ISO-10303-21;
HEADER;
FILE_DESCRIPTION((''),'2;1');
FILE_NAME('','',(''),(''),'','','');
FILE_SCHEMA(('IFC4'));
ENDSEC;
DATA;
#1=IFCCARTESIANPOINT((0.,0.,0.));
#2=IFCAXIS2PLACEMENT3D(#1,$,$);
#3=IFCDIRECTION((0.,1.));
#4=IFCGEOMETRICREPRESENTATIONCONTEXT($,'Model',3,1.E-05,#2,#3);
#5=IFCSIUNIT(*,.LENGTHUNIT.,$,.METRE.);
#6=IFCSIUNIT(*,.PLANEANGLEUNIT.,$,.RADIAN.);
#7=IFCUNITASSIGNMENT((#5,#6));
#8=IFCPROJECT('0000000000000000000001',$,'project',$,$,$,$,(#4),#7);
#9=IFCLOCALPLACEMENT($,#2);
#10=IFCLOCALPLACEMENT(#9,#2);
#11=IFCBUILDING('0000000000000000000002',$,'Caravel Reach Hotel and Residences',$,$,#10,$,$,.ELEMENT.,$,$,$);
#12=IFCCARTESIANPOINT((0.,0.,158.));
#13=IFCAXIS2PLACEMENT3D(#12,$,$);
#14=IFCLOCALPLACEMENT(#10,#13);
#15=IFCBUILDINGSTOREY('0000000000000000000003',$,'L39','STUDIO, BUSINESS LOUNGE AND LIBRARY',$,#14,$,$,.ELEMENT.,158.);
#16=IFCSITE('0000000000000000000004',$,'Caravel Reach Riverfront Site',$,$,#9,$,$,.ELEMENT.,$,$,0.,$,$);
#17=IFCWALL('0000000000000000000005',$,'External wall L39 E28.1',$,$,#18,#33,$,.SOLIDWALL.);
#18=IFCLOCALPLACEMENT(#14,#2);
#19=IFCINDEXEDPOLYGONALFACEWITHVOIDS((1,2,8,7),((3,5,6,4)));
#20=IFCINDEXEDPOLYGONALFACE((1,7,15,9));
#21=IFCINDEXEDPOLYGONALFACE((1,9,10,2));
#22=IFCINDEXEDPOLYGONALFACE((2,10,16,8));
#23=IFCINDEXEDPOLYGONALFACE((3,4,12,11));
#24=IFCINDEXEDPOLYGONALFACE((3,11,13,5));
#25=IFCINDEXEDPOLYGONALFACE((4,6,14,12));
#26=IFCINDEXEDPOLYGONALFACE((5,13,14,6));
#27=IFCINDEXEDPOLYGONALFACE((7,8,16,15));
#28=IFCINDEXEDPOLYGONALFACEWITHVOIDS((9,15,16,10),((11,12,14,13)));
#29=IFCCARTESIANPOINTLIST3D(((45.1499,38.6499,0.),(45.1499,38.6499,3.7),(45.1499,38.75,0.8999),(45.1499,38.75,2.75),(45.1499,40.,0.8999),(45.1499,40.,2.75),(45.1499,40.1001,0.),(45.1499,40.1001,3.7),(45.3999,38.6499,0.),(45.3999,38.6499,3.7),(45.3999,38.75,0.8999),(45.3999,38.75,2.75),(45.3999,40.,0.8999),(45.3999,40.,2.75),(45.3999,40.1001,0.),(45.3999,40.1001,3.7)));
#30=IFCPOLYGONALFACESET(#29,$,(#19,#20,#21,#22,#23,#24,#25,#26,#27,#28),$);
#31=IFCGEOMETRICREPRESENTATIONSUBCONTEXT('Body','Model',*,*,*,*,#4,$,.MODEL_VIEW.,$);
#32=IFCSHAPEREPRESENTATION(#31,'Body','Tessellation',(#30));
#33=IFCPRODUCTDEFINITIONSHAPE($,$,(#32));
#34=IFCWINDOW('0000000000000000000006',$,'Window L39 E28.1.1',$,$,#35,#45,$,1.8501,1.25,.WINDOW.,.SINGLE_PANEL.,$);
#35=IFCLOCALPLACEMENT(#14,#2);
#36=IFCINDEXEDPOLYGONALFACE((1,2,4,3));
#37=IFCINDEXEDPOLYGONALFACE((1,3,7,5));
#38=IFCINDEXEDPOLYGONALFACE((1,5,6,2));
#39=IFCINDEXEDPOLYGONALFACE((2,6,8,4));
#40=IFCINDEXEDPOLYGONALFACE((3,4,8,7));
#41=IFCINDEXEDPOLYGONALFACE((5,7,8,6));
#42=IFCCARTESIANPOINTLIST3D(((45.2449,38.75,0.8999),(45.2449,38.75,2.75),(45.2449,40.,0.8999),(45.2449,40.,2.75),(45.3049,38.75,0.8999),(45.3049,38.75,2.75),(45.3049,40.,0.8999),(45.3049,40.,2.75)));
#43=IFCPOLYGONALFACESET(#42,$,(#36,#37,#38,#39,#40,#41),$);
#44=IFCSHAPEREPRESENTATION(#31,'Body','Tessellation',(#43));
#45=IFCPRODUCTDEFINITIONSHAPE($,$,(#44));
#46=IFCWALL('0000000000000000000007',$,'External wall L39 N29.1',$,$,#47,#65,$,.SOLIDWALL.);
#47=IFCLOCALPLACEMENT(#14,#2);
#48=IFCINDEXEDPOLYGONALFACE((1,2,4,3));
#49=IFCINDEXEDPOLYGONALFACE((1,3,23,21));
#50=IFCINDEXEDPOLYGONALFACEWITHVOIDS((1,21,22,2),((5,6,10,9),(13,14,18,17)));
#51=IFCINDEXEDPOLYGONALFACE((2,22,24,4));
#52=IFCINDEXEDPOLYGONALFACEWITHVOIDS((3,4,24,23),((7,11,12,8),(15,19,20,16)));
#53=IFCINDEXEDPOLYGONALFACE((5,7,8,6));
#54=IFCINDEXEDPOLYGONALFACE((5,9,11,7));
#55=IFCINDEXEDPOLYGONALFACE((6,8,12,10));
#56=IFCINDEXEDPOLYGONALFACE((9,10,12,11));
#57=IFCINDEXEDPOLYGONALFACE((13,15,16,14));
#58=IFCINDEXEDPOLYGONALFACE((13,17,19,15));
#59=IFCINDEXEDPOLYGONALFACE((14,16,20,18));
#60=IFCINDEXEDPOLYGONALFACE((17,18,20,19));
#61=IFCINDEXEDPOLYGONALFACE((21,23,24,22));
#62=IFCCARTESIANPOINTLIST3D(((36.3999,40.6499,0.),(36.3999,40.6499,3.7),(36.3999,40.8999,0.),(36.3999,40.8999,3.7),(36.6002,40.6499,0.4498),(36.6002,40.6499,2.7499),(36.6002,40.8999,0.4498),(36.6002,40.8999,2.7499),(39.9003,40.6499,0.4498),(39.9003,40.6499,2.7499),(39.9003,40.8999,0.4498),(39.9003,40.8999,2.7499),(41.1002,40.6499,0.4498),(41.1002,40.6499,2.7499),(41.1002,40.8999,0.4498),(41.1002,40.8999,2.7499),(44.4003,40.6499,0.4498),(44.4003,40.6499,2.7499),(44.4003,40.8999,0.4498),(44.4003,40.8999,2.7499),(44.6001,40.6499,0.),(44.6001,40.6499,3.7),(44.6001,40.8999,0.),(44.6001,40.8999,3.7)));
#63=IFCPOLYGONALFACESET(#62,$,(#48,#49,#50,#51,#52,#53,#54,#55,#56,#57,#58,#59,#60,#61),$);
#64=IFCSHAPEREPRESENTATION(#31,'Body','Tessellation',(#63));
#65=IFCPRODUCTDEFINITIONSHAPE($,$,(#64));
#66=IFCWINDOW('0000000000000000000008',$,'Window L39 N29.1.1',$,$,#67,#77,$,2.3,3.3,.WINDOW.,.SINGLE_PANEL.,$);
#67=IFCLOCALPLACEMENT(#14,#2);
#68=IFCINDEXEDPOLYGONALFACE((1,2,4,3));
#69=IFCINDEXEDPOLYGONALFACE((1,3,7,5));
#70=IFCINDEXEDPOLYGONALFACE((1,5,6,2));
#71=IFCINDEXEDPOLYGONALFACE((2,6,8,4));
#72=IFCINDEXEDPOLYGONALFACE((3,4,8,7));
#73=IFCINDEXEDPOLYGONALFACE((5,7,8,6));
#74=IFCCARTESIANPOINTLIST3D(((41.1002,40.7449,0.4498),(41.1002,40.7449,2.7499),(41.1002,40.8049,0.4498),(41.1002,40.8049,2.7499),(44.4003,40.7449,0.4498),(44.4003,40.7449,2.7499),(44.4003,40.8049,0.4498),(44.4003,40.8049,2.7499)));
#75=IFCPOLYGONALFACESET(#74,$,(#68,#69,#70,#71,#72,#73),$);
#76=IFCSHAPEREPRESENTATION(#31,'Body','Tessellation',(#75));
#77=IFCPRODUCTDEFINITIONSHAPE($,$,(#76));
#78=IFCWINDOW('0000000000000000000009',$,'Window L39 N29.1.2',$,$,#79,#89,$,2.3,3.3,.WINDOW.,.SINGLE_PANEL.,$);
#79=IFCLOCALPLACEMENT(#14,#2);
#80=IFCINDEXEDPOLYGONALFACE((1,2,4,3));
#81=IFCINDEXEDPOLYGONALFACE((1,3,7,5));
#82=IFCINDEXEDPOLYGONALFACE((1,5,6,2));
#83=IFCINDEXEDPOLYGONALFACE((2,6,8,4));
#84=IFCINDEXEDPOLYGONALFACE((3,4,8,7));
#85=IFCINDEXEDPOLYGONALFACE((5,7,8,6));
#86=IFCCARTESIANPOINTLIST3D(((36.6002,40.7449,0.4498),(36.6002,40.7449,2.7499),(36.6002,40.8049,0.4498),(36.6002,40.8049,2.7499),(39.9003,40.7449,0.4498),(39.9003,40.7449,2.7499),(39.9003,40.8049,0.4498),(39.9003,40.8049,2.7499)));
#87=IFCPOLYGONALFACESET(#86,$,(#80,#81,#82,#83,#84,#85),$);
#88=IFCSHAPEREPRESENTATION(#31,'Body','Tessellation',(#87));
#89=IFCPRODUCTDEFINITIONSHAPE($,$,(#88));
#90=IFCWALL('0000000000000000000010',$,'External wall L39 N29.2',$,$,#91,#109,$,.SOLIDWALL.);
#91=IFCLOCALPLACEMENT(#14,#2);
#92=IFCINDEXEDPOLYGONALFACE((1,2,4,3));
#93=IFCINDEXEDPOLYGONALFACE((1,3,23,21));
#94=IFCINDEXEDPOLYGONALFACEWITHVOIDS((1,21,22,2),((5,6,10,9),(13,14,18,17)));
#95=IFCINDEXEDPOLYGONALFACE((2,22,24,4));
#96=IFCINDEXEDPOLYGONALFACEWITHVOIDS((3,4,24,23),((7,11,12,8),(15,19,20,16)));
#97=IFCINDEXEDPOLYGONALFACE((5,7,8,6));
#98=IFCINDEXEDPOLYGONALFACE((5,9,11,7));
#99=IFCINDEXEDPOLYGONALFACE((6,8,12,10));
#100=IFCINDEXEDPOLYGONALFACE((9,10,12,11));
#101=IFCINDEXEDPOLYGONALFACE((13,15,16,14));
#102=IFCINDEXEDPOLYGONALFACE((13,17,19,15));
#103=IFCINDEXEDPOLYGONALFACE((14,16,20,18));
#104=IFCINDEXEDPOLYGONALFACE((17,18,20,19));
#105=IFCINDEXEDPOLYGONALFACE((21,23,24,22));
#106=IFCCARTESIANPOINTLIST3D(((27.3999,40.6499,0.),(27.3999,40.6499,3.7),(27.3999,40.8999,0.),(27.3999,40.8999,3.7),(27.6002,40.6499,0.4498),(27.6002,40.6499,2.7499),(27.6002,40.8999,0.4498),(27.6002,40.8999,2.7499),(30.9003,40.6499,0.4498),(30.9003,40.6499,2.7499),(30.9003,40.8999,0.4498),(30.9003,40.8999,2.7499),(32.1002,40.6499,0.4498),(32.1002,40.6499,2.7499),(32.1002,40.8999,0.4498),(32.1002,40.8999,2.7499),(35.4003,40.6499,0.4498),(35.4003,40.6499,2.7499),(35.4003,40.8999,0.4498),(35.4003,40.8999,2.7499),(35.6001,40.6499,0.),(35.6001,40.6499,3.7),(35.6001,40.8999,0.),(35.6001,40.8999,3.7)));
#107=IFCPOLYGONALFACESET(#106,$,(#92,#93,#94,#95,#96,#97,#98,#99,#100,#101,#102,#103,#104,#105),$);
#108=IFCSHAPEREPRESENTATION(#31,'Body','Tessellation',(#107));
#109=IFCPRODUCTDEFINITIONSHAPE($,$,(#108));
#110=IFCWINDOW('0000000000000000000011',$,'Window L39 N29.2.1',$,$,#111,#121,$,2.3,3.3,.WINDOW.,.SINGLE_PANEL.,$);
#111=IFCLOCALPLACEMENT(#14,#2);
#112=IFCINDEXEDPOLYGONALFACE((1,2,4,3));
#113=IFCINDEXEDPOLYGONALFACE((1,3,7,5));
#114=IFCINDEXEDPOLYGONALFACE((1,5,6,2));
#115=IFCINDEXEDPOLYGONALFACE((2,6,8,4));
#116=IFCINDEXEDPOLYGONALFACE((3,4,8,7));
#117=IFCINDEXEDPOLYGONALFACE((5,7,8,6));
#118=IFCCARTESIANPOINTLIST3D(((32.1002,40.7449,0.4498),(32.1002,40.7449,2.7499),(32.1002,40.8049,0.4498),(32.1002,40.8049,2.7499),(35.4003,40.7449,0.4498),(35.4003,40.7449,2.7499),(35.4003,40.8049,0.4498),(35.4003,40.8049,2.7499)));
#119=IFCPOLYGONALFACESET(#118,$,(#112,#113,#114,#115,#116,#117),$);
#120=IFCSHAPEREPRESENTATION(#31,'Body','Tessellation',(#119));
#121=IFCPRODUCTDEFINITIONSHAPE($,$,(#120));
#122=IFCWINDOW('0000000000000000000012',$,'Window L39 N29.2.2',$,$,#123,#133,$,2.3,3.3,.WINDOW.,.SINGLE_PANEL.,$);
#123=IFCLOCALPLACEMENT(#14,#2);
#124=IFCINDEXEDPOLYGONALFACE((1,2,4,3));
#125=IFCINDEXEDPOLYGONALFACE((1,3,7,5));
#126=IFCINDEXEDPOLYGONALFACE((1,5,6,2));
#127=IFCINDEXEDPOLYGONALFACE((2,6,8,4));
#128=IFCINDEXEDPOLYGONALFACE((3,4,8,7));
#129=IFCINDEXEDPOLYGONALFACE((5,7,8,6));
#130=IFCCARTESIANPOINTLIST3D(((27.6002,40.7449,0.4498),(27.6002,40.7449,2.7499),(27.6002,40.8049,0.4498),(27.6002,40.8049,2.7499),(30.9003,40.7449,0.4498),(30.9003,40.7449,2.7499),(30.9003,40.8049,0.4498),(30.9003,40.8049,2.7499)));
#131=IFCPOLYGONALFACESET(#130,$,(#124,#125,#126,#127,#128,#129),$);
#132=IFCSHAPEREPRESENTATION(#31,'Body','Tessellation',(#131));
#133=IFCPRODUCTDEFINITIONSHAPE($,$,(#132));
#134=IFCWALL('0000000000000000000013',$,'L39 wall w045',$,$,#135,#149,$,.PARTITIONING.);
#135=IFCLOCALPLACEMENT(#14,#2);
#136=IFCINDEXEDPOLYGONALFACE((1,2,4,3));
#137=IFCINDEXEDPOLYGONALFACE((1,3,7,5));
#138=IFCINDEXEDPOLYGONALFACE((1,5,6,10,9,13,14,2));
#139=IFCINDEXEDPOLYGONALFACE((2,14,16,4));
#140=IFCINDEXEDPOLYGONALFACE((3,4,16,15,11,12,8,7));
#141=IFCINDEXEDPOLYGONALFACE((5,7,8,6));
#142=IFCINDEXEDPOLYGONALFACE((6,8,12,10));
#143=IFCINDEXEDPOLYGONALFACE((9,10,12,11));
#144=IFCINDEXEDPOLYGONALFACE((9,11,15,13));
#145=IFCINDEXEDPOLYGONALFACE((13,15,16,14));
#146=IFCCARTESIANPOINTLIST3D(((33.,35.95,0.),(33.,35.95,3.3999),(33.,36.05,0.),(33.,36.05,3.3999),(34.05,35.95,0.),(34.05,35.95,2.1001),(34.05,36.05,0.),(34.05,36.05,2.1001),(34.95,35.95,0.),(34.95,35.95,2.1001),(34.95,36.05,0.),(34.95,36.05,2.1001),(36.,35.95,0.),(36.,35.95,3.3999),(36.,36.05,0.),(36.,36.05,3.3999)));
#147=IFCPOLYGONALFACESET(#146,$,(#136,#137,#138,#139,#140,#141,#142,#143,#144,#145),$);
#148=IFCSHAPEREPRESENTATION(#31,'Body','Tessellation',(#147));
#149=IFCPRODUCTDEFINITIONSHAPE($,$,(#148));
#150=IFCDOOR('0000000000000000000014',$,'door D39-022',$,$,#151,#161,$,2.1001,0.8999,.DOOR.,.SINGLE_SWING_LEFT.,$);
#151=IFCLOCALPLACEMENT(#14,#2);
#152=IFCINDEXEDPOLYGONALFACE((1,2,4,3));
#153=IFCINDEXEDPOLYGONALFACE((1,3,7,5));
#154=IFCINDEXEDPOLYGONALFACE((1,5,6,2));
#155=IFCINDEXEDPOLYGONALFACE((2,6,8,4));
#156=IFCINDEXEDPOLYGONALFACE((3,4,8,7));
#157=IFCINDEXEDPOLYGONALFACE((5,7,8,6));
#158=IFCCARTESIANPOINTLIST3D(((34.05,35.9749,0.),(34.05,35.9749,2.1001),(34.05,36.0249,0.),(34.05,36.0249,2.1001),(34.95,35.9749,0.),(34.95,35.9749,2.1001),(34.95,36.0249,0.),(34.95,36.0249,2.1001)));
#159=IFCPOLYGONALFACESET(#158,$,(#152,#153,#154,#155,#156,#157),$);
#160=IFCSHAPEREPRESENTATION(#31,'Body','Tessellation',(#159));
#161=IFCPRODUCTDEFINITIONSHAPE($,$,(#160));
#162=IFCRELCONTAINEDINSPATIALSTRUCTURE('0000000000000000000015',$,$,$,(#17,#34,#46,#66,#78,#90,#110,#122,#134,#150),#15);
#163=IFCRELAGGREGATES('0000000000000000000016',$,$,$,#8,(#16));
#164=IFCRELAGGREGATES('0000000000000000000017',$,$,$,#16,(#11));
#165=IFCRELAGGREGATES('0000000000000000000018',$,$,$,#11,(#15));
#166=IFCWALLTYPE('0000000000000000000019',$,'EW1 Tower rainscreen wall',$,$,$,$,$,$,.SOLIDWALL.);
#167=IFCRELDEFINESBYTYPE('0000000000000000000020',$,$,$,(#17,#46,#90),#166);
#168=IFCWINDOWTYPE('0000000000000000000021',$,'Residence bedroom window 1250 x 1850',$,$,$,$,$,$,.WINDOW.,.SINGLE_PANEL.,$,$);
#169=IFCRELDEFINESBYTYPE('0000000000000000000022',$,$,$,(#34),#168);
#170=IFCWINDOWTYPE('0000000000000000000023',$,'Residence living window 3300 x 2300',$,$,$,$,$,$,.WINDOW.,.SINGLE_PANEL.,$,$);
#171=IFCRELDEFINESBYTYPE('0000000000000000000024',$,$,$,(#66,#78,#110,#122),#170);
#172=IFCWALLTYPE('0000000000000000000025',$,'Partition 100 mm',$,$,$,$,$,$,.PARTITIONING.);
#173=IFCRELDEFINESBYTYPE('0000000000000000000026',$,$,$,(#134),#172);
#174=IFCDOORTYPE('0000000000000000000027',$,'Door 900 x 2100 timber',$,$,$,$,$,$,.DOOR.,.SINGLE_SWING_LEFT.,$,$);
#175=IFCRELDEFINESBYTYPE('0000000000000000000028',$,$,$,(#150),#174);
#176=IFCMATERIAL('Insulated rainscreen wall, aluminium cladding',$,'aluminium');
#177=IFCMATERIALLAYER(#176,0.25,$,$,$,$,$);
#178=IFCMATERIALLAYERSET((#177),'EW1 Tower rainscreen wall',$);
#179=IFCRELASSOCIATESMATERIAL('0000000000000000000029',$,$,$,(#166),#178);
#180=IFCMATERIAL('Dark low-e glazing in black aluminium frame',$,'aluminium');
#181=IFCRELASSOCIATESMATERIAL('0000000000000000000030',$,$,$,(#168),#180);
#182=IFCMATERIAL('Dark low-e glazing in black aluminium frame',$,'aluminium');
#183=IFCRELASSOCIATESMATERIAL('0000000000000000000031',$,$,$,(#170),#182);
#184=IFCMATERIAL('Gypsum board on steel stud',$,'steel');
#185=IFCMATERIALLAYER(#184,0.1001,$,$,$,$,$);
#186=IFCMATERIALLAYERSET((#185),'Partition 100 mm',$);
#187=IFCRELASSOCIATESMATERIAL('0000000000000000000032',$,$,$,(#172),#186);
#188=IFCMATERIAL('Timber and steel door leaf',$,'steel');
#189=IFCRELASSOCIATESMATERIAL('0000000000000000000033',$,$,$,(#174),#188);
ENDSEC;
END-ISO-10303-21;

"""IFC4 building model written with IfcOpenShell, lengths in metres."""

from ifc_helpers import new_model, si_unit, direction, frame, frame_2d, origin, place, context, subcontext, project, spatial, rectangle, extrude, material, layer, layer_set, type_object, element, fill, save


model = new_model("IFC4")

# Units and contexts
model_context = context("Model", 3, precision=1e-05, world=origin(), true_north=direction((0.0, 1.0)))
body_context = subcontext(model_context, "Body", "Model", "MODEL_VIEW")
ifc_project = project(units=[si_unit("LENGTHUNIT", "METRE"), si_unit("PLANEANGLEUNIT", "RADIAN")], contexts=[model_context])

# Site, building, storey
site_placement = place(None, origin())
site = spatial("IfcSite", under=ifc_project, at=site_placement, Name="Caravel Reach Riverfront Site", CompositionType="ELEMENT", RefElevation=0.0)
building_placement = place(site_placement, origin())
building = spatial("IfcBuilding", under=site, at=building_placement, Name="Caravel Reach Hotel and Residences", CompositionType="ELEMENT")
storey_placement = place(building_placement, frame((0.0, 0.0, 158.0)))
storey = spatial("IfcBuildingStorey", under=building, at=storey_placement, Name="L39", Description="STUDIO, BUSINESS LOUNGE AND LIBRARY", CompositionType="ELEMENT", Elevation=158.0)

# Wall, opening, window
ifc_material_1 = material(Name="Insulated rainscreen wall, aluminium cladding", Category="aluminium")
ifc_layer_1 = layer(ifc_material_1, 0.25)
ifc_layer_set_1 = layer_set([ifc_layer_1], Name="EW1 Tower rainscreen wall")
wall_type_1 = type_object("IfcWallType", Name="EW1 Tower rainscreen wall", PredefinedType="SOLIDWALL", material=ifc_layer_set_1)
ifc_material_2 = material(Name="Dark low-e glazing in black aluminium frame", Category="aluminium")
window_type_1 = type_object("IfcWindowType", Name="Residence bedroom window 1250 x 1850", PartitioningType="SINGLE_PANEL", PredefinedType="WINDOW", material=ifc_material_2)
wall_1_placement = place(storey_placement, frame((45.2749, 38.6499, 0.0), z_axis=(0.0, 0.0, 1.0), x_axis=(0.0, 1.0, 0.0)))
wall_1 = element("IfcWall", 1, at=wall_1_placement, inside=storey, type_object=wall_type_1, Name="External wall L39 E28.1", PredefinedType="SOLIDWALL", context=body_context, shape_type="SweptSolid", body=[
    extrude(rectangle(XDim=1.4502, YDim=0.25, at=frame_2d((0.7251, 0.0))), origin(), (0.0, 0.0, 1.0), 3.7),
])
opening_1_placement = place(wall_1_placement, frame((0.1001, 0.0, 0.8999)))
opening_1 = element("IfcOpeningElement", 2, at=opening_1_placement, cuts=wall_1, PredefinedType="OPENING", context=body_context, shape_type="SweptSolid", body=[
    extrude(rectangle(XDim=1.25, YDim=1.8501, at=frame_2d((0.625, 0.925))), frame((0.0, 0.135, 0.0), z_axis=(0.0, -1.0, 0.0), x_axis=(1.0, 0.0, 0.0)), (0.0, 0.0, 1.0), 0.27),
])
window_1_placement = place(opening_1_placement, origin())
window_1 = element("IfcWindow", 3, at=window_1_placement, inside=storey, type_object=window_type_1, Name="Window L39 E28.1.1", OverallHeight=1.8501, OverallWidth=1.25, PartitioningType="SINGLE_PANEL", PredefinedType="WINDOW", context=body_context, shape_type="SweptSolid", body=[
    extrude(rectangle(XDim=1.25, YDim=1.8501, at=frame_2d((0.625, 0.925))), frame((0.0, 0.03, 0.0), z_axis=(0.0, -1.0, 0.0), x_axis=(1.0, 0.0, 0.0)), (0.0, 0.0, 1.0), 0.0601),
])
fill(opening_1, window_1)

# Walls, openings, windows
wall_2_placement = place(storey_placement, frame((44.6001, 40.7749, 0.0), z_axis=(0.0, 0.0, 1.0), x_axis=(-1.0, 0.0, 0.0)))
wall_2 = element("IfcWall", 4, at=wall_2_placement, inside=storey, type_object=wall_type_1, Name="External wall L39 N29.1", PredefinedType="SOLIDWALL", context=body_context, shape_type="SweptSolid", body=[
    extrude(rectangle(XDim=8.2002, YDim=0.25, at=frame_2d((4.1001, 0.0))), origin(), (0.0, 0.0, 1.0), 3.7),
])
opening_2_placement = place(wall_2_placement, frame((0.2, 0.0, 0.45)))
opening_2 = element("IfcOpeningElement", 5, at=opening_2_placement, cuts=wall_2, PredefinedType="OPENING", context=body_context, shape_type="SweptSolid", body=[
    extrude(rectangle(XDim=3.3, YDim=2.3, at=frame_2d((1.6499, 1.1499))), frame((0.0, 0.135, 0.0), z_axis=(0.0, -1.0, 0.0), x_axis=(1.0, 0.0, 0.0)), (0.0, 0.0, 1.0), 0.27),
])
opening_3_placement = place(wall_2_placement, frame((4.7, 0.0, 0.45)))
opening_3 = element("IfcOpeningElement", 6, at=opening_3_placement, cuts=wall_2, PredefinedType="OPENING", context=body_context, shape_type="SweptSolid", body=[
    extrude(rectangle(XDim=3.3, YDim=2.3, at=frame_2d((1.6499, 1.1499))), frame((0.0, 0.135, 0.0), z_axis=(0.0, -1.0, 0.0), x_axis=(1.0, 0.0, 0.0)), (0.0, 0.0, 1.0), 0.27),
])
ifc_material_3 = material(Name="Dark low-e glazing in black aluminium frame", Category="aluminium")
window_type_2 = type_object("IfcWindowType", Name="Residence living window 3300 x 2300", PartitioningType="SINGLE_PANEL", PredefinedType="WINDOW", material=ifc_material_3)
window_2_placement = place(opening_2_placement, origin())
window_2 = element("IfcWindow", 7, at=window_2_placement, inside=storey, type_object=window_type_2, Name="Window L39 N29.1.1", OverallHeight=2.3, OverallWidth=3.3, PartitioningType="SINGLE_PANEL", PredefinedType="WINDOW", context=body_context, shape_type="SweptSolid", body=[
    extrude(rectangle(XDim=3.3, YDim=2.3, at=frame_2d((1.6499, 1.1499))), frame((0.0, 0.03, 0.0), z_axis=(0.0, -1.0, 0.0), x_axis=(1.0, 0.0, 0.0)), (0.0, 0.0, 1.0), 0.0601),
])
fill(opening_2, window_2)
window_3_placement = place(opening_3_placement, origin())
window_3 = element("IfcWindow", 8, at=window_3_placement, inside=storey, type_object=window_type_2, Name="Window L39 N29.1.2", OverallHeight=2.3, OverallWidth=3.3, PartitioningType="SINGLE_PANEL", PredefinedType="WINDOW", context=body_context, shape_type="SweptSolid", body=[
    extrude(rectangle(XDim=3.3, YDim=2.3, at=frame_2d((1.6499, 1.1499))), frame((0.0, 0.03, 0.0), z_axis=(0.0, -1.0, 0.0), x_axis=(1.0, 0.0, 0.0)), (0.0, 0.0, 1.0), 0.0601),
])
fill(opening_3, window_3)
wall_3_placement = place(storey_placement, frame((35.6001, 40.7749, 0.0), z_axis=(0.0, 0.0, 1.0), x_axis=(-1.0, 0.0, 0.0)))
wall_3 = element("IfcWall", 9, at=wall_3_placement, inside=storey, type_object=wall_type_1, Name="External wall L39 N29.2", PredefinedType="SOLIDWALL", context=body_context, shape_type="SweptSolid", body=[
    extrude(rectangle(XDim=8.2002, YDim=0.25, at=frame_2d((4.1001, 0.0))), origin(), (0.0, 0.0, 1.0), 3.7),
])
opening_4_placement = place(wall_3_placement, frame((0.2, 0.0, 0.45)))
opening_4 = element("IfcOpeningElement", 10, at=opening_4_placement, cuts=wall_3, PredefinedType="OPENING", context=body_context, shape_type="SweptSolid", body=[
    extrude(rectangle(XDim=3.3, YDim=2.3, at=frame_2d((1.6499, 1.1499))), frame((0.0, 0.135, 0.0), z_axis=(0.0, -1.0, 0.0), x_axis=(1.0, 0.0, 0.0)), (0.0, 0.0, 1.0), 0.27),
])
opening_5_placement = place(wall_3_placement, frame((4.7, 0.0, 0.45)))
opening_5 = element("IfcOpeningElement", 11, at=opening_5_placement, cuts=wall_3, PredefinedType="OPENING", context=body_context, shape_type="SweptSolid", body=[
    extrude(rectangle(XDim=3.3, YDim=2.3, at=frame_2d((1.6499, 1.1499))), frame((0.0, 0.135, 0.0), z_axis=(0.0, -1.0, 0.0), x_axis=(1.0, 0.0, 0.0)), (0.0, 0.0, 1.0), 0.27),
])
window_4_placement = place(opening_4_placement, origin())
window_4 = element("IfcWindow", 12, at=window_4_placement, inside=storey, type_object=window_type_2, Name="Window L39 N29.2.1", OverallHeight=2.3, OverallWidth=3.3, PartitioningType="SINGLE_PANEL", PredefinedType="WINDOW", context=body_context, shape_type="SweptSolid", body=[
    extrude(rectangle(XDim=3.3, YDim=2.3, at=frame_2d((1.6499, 1.1499))), frame((0.0, 0.03, 0.0), z_axis=(0.0, -1.0, 0.0), x_axis=(1.0, 0.0, 0.0)), (0.0, 0.0, 1.0), 0.0601),
])
fill(opening_4, window_4)
window_5_placement = place(opening_5_placement, origin())
window_5 = element("IfcWindow", 13, at=window_5_placement, inside=storey, type_object=window_type_2, Name="Window L39 N29.2.2", OverallHeight=2.3, OverallWidth=3.3, PartitioningType="SINGLE_PANEL", PredefinedType="WINDOW", context=body_context, shape_type="SweptSolid", body=[
    extrude(rectangle(XDim=3.3, YDim=2.3, at=frame_2d((1.6499, 1.1499))), frame((0.0, 0.03, 0.0), z_axis=(0.0, -1.0, 0.0), x_axis=(1.0, 0.0, 0.0)), (0.0, 0.0, 1.0), 0.0601),
])
fill(opening_5, window_5)

# Wall, opening, door
ifc_material_4 = material(Name="Gypsum board on steel stud", Category="steel")
ifc_layer_2 = layer(ifc_material_4, 0.1001)
ifc_layer_set_2 = layer_set([ifc_layer_2], Name="Partition 100 mm")
wall_type_2 = type_object("IfcWallType", Name="Partition 100 mm", PredefinedType="PARTITIONING", material=ifc_layer_set_2)
wall_4_placement = place(storey_placement, frame((33.0, 36.0, 0.0), z_axis=(0.0, 0.0, 1.0), x_axis=(1.0, 0.0, 0.0)))
wall_4 = element("IfcWall", 14, at=wall_4_placement, inside=storey, type_object=wall_type_2, Name="L39 wall w045", PredefinedType="PARTITIONING", context=body_context, shape_type="SweptSolid", body=[
    extrude(rectangle(XDim=3.0, YDim=0.1001, at=frame_2d((1.5, 0.0))), origin(), (0.0, 0.0, 1.0), 3.3999),
])
opening_6_placement = place(wall_4_placement, frame((1.05, 0.0, 0.0)))
opening_6 = element("IfcOpeningElement", 15, at=opening_6_placement, cuts=wall_4, PredefinedType="OPENING", context=body_context, shape_type="SweptSolid", body=[
    extrude(rectangle(XDim=0.8999, YDim=2.1001, at=frame_2d((0.45, 1.05))), frame((0.0, 0.0601, 0.0), z_axis=(0.0, -1.0, 0.0), x_axis=(1.0, 0.0, 0.0)), (0.0, 0.0, 1.0), 0.1201),
])
ifc_material_5 = material(Name="Timber and steel door leaf", Category="steel")
door_type_1 = type_object("IfcDoorType", Name="Door 900 x 2100 timber", OperationType="SINGLE_SWING_LEFT", PredefinedType="DOOR", material=ifc_material_5)
door_1_placement = place(opening_6_placement, origin())
door_1 = element("IfcDoor", 16, at=door_1_placement, inside=storey, type_object=door_type_1, Name="door D39-022", OperationType="SINGLE_SWING_LEFT", OverallHeight=2.1001, OverallWidth=0.8999, PredefinedType="DOOR", context=body_context, shape_type="SweptSolid", body=[
    extrude(rectangle(XDim=0.8999, YDim=2.1001, at=frame_2d((0.45, 1.05))), frame((0.0, 0.0249, 0.0), z_axis=(0.0, -1.0, 0.0), x_axis=(1.0, 0.0, 0.0)), (0.0, 0.0, 1.0), 0.05),
])
fill(opening_6, door_1)

save(model, "model.ifc")
